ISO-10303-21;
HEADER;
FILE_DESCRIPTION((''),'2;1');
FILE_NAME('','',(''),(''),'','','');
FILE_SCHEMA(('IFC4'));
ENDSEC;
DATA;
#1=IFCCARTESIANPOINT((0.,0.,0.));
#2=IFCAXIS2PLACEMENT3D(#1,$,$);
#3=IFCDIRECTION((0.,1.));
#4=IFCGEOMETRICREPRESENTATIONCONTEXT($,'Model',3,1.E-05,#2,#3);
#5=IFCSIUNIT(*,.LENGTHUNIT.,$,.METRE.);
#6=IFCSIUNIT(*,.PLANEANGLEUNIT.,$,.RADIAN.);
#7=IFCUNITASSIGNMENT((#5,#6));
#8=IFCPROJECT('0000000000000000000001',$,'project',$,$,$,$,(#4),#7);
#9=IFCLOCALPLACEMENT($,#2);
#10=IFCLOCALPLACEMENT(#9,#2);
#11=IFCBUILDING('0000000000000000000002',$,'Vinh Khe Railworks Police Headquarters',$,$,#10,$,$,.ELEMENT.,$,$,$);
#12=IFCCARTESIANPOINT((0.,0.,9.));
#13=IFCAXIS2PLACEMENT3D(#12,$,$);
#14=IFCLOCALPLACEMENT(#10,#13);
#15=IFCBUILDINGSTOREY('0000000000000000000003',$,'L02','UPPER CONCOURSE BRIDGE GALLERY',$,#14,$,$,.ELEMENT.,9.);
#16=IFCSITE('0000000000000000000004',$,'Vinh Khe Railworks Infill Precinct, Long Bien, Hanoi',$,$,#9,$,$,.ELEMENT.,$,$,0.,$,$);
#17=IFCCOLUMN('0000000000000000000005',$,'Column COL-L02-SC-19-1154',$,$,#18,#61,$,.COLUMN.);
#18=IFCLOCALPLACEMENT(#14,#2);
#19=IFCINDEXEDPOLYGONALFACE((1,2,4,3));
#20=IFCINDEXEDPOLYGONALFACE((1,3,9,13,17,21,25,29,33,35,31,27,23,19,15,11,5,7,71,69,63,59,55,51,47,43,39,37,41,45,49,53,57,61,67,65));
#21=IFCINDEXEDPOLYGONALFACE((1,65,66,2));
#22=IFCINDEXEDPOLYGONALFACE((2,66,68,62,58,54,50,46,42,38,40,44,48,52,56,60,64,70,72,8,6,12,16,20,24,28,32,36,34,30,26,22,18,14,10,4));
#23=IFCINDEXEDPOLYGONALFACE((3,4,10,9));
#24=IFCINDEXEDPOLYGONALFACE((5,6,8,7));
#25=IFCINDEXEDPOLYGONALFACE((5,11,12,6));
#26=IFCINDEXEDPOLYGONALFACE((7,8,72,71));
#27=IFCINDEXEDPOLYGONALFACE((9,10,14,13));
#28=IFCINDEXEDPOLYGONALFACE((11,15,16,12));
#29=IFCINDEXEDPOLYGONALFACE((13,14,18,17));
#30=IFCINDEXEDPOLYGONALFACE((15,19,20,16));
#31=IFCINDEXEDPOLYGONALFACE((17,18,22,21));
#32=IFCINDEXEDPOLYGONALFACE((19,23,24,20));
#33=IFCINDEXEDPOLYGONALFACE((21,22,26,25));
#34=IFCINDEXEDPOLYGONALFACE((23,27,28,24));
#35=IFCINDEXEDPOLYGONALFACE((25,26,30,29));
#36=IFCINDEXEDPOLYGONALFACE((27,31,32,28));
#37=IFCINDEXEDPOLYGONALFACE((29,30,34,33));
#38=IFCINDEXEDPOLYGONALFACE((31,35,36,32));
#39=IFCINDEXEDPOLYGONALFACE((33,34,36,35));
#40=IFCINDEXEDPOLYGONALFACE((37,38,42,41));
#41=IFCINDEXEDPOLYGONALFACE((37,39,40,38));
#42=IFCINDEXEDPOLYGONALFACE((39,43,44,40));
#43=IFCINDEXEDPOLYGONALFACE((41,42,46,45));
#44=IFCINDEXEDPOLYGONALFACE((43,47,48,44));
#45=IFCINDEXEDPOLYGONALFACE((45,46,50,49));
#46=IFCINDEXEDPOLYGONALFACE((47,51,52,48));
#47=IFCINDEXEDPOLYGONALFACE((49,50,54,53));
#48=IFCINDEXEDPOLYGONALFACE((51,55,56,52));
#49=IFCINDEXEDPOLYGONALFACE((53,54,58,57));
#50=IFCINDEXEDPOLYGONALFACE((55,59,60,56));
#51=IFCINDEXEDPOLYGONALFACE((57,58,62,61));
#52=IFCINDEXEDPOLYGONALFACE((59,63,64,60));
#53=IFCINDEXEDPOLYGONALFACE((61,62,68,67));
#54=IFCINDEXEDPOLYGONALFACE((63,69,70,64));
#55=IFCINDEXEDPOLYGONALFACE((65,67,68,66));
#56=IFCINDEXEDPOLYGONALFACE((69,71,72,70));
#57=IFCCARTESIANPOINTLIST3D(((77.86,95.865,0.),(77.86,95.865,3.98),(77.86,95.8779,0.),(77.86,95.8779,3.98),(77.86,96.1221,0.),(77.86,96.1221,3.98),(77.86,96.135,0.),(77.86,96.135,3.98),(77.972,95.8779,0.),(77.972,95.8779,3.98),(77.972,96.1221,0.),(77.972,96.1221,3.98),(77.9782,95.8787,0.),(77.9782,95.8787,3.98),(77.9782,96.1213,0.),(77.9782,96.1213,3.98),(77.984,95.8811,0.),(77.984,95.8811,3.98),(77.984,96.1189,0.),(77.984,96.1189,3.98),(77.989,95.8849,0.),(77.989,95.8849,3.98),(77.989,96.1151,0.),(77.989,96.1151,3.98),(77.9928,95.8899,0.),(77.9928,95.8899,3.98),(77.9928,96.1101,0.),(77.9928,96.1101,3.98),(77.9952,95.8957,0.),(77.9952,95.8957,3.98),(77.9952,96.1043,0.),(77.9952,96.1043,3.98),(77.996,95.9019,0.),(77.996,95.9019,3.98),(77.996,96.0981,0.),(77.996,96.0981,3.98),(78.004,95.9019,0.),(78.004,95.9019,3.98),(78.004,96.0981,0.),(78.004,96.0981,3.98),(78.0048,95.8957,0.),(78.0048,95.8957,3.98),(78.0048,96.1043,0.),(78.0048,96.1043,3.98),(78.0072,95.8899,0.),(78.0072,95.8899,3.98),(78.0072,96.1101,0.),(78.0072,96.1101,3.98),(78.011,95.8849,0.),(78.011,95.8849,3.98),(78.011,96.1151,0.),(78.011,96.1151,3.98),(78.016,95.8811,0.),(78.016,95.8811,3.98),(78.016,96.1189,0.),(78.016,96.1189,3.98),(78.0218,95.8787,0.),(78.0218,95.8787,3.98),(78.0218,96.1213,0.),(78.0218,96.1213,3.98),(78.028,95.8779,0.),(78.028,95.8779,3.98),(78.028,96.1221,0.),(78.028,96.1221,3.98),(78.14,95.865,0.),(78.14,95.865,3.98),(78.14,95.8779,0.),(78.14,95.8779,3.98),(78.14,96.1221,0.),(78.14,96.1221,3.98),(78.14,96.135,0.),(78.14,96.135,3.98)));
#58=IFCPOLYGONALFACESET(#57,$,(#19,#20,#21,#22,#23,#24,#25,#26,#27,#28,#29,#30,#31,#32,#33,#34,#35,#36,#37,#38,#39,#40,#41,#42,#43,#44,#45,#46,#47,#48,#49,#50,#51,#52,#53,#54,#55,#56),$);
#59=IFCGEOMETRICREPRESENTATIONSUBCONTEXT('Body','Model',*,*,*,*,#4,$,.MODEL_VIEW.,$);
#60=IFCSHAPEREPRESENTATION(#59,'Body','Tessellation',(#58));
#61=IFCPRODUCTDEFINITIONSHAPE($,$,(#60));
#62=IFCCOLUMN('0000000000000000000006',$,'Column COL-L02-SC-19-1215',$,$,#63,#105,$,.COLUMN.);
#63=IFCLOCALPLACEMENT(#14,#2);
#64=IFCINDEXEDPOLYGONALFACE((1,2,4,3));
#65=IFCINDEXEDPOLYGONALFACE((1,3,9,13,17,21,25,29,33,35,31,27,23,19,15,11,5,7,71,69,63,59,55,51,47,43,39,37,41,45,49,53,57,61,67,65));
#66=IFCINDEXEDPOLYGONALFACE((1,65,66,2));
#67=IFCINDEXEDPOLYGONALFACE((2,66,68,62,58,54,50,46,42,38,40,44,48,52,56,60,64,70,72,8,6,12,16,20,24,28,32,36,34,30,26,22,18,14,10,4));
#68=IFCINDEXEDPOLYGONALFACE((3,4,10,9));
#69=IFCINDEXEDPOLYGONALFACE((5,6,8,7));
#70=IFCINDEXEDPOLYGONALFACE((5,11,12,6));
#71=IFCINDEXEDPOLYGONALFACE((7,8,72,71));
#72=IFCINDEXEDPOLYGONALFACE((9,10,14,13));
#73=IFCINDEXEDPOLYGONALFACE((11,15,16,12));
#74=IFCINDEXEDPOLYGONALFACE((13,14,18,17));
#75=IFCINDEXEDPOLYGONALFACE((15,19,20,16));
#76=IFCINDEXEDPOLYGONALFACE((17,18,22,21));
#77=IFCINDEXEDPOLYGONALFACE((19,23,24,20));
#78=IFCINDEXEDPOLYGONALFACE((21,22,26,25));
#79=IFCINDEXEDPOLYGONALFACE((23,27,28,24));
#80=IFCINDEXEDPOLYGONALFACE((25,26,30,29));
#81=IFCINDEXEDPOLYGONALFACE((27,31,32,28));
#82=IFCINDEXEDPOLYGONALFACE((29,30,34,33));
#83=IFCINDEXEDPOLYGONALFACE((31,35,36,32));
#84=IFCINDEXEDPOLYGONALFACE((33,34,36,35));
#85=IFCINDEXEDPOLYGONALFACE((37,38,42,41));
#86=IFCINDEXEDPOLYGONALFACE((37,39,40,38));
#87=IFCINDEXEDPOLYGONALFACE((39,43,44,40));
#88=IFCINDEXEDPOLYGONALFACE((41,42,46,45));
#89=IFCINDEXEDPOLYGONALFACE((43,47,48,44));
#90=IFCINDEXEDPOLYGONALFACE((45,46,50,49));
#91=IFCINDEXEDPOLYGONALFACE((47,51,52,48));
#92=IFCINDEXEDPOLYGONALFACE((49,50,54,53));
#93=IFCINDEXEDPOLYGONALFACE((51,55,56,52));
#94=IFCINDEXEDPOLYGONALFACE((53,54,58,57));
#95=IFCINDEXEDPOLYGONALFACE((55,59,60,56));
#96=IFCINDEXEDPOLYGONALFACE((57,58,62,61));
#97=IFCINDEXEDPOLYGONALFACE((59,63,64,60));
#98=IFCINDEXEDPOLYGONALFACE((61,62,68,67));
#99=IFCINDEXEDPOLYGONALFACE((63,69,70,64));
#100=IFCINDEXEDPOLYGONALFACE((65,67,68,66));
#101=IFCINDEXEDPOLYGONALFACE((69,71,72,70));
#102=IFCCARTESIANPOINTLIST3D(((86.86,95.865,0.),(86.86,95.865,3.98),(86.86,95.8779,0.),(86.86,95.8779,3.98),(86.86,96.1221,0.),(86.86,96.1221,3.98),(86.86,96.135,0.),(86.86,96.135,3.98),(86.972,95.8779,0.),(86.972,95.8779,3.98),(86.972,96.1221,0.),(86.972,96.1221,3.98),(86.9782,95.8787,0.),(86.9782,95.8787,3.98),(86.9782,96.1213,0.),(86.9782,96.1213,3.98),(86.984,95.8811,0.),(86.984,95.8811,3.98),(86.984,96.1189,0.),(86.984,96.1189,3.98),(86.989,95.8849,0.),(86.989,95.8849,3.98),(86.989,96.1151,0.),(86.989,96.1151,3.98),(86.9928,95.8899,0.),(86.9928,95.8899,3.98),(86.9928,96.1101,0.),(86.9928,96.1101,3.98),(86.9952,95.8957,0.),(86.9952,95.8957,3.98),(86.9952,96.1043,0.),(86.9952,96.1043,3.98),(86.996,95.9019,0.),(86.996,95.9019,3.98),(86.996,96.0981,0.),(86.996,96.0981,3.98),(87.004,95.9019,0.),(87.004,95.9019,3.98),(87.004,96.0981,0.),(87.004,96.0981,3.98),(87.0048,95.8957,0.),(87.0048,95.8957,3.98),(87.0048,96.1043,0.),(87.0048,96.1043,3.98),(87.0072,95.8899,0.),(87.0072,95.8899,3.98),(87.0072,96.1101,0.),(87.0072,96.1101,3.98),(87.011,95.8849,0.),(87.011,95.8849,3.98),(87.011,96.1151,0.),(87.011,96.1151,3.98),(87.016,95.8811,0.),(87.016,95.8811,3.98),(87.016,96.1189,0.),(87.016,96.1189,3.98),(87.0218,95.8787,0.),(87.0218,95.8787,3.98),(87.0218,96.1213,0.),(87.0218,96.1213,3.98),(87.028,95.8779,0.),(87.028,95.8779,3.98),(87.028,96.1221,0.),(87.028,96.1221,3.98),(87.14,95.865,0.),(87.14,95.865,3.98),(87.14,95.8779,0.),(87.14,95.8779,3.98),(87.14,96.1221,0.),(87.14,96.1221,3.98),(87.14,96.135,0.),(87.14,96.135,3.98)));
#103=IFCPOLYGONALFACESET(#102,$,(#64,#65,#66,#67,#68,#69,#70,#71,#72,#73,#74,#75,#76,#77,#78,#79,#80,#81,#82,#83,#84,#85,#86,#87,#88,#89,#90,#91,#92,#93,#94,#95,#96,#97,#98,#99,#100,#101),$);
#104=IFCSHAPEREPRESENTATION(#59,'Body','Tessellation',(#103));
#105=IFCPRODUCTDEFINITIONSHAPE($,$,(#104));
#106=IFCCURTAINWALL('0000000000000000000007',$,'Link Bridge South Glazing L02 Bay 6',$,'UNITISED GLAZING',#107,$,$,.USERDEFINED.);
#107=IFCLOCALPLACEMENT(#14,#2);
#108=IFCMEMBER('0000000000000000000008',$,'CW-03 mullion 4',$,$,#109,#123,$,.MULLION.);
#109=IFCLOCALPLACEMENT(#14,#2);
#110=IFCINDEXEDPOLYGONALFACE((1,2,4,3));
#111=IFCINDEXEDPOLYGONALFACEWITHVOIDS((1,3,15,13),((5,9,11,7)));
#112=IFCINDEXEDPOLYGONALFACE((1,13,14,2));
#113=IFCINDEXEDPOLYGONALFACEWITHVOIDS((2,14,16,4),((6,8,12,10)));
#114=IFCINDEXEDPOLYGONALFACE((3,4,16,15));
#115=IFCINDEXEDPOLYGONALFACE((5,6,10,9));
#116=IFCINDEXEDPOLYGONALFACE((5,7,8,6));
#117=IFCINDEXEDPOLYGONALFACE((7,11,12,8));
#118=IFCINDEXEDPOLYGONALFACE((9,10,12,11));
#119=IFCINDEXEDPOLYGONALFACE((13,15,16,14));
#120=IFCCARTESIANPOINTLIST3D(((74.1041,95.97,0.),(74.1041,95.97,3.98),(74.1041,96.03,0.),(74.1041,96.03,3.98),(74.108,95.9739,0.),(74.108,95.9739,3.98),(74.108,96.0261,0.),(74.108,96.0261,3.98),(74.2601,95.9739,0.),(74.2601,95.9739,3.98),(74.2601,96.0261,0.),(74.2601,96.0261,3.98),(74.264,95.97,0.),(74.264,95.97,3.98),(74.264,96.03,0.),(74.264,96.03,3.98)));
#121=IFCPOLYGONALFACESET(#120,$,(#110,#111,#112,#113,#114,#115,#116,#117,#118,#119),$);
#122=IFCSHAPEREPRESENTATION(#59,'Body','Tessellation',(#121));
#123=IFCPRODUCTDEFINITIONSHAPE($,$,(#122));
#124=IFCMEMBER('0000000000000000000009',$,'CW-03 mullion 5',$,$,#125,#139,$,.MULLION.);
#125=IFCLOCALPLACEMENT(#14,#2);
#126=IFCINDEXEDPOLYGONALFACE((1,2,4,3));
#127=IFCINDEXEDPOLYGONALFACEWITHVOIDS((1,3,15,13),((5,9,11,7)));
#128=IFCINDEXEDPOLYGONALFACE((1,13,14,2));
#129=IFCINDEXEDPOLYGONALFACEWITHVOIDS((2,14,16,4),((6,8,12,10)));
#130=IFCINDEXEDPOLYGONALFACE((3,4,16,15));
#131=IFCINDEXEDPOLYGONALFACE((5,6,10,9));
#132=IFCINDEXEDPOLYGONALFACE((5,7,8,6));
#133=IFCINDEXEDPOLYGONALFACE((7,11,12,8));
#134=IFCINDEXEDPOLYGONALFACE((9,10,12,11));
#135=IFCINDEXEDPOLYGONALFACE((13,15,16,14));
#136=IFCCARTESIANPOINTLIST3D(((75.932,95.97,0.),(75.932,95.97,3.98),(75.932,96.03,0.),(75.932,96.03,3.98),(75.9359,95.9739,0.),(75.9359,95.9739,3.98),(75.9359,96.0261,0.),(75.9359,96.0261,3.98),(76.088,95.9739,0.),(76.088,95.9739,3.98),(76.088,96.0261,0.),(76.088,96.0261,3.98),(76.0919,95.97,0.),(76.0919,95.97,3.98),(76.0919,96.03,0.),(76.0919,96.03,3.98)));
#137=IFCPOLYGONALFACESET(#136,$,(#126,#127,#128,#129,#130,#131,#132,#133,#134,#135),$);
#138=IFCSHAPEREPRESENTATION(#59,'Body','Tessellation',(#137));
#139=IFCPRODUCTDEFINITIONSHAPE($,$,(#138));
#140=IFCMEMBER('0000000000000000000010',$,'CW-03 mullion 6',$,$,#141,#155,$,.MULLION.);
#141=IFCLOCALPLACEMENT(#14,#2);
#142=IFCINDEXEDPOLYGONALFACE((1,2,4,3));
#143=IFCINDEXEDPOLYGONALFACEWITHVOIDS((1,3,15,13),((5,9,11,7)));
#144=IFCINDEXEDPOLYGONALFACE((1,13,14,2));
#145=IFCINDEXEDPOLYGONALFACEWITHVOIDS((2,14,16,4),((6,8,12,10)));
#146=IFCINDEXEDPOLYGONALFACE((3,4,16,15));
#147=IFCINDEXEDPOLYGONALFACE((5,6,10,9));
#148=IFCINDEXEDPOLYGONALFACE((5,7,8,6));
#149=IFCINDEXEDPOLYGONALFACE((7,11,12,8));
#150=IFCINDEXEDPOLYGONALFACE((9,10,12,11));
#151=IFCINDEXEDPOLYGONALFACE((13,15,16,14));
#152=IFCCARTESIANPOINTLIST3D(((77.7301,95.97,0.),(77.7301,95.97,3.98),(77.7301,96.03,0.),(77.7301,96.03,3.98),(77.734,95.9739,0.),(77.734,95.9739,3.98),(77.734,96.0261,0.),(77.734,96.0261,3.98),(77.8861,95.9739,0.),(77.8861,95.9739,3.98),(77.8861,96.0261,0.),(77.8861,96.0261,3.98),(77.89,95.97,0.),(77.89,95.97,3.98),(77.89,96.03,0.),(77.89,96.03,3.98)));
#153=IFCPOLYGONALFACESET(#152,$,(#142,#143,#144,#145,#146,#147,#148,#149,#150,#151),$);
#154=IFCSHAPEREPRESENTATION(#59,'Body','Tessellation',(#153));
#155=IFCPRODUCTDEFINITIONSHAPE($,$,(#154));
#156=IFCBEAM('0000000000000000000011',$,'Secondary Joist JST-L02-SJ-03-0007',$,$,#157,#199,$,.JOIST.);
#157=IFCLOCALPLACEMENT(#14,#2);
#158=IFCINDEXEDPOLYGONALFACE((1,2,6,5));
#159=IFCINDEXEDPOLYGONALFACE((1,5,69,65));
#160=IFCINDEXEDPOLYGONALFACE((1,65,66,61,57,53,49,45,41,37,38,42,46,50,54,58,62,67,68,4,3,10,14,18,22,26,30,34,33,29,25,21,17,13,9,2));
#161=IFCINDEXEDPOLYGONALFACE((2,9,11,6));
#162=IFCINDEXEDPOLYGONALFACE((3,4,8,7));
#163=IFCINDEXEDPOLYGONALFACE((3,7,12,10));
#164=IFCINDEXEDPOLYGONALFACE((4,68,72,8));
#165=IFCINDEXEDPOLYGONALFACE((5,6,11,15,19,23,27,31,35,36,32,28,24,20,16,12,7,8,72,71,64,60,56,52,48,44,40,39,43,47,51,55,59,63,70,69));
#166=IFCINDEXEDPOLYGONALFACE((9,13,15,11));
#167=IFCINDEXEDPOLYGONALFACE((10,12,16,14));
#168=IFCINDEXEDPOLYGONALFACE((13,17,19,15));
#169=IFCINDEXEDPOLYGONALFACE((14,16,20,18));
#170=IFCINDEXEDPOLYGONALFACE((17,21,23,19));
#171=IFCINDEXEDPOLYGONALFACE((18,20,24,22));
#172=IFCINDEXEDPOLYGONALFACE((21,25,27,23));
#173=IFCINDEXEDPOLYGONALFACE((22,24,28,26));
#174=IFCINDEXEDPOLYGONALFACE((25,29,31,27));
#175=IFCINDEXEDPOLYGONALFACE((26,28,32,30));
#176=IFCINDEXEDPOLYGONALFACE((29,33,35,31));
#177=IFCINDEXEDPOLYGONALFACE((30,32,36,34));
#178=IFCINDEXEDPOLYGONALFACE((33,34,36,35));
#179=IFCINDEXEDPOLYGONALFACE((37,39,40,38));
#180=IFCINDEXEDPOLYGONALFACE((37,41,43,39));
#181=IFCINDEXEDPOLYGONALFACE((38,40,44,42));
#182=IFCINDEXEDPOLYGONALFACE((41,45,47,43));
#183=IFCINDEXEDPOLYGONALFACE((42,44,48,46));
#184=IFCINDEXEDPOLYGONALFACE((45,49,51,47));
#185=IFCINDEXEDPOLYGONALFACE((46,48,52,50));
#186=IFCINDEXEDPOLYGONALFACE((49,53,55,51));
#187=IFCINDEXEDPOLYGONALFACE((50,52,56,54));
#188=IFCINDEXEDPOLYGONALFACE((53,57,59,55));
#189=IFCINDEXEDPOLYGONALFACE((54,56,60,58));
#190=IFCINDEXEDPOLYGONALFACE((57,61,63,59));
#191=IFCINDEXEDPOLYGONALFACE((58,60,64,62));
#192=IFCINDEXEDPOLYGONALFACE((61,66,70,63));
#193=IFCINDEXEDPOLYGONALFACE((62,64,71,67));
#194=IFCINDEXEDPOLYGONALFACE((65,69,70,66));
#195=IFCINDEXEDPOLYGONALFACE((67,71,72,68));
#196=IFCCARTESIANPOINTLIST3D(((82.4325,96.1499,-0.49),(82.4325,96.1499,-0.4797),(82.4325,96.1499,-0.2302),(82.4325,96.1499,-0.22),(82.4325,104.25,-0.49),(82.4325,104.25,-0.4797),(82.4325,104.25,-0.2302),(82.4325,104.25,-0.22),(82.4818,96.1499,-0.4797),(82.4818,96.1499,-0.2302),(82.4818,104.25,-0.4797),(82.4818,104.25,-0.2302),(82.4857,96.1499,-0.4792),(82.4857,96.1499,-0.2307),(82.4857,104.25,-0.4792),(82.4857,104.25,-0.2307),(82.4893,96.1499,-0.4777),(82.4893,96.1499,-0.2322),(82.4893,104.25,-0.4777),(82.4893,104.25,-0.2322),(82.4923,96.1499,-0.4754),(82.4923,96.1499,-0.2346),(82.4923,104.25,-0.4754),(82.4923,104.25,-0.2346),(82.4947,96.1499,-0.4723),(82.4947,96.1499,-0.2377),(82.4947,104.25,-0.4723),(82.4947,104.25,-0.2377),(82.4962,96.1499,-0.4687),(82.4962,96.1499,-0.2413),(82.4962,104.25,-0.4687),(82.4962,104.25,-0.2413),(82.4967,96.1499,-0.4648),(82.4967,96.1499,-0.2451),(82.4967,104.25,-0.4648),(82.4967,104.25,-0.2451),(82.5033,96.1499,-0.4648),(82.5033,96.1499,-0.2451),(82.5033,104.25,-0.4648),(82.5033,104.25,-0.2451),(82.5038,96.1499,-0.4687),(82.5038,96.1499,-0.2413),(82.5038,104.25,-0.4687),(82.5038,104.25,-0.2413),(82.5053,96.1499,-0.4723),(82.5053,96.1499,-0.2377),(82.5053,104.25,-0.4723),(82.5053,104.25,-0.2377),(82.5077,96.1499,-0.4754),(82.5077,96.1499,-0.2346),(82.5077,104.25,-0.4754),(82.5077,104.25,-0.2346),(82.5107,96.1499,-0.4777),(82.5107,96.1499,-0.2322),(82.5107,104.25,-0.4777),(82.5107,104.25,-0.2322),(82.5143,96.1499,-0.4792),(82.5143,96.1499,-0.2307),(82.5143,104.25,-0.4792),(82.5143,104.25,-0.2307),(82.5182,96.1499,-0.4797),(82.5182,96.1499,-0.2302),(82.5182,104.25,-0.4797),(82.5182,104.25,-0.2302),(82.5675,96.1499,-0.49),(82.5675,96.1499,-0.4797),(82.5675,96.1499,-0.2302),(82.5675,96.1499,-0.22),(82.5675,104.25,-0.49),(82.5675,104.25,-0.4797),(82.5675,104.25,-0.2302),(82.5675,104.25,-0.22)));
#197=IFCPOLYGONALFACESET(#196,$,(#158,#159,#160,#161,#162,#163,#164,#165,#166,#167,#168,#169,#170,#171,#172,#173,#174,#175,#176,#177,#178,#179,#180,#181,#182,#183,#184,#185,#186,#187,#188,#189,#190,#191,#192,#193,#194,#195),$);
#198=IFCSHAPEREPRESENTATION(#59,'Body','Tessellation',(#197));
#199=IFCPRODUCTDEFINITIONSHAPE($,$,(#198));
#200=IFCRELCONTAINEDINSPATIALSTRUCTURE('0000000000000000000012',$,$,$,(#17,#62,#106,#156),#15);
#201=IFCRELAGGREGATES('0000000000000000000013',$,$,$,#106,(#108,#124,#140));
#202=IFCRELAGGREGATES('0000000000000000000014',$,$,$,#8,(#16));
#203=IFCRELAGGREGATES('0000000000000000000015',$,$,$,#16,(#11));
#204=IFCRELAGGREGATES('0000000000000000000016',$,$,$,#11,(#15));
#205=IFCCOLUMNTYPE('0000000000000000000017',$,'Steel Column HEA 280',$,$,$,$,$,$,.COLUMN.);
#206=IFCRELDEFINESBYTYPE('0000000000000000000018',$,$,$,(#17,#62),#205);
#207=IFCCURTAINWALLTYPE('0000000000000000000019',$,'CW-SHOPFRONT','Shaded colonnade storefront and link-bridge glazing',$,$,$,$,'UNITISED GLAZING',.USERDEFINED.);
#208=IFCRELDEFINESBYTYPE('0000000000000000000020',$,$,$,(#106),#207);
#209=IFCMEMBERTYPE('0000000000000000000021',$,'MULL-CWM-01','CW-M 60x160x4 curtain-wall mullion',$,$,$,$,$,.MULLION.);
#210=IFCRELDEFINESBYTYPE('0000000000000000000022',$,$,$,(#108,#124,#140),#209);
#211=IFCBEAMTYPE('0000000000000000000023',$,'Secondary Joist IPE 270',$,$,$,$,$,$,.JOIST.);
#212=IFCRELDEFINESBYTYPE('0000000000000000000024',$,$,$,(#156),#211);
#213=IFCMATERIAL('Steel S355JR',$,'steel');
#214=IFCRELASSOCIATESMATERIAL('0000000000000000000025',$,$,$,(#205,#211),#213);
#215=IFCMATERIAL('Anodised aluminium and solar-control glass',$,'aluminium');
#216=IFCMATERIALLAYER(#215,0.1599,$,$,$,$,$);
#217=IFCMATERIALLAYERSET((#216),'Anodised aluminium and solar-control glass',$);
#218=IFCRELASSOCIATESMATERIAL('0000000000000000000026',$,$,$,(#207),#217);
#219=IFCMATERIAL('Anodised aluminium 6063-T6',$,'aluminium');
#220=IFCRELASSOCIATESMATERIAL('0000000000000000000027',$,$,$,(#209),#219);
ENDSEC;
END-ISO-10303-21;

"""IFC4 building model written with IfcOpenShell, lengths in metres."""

from ifc_helpers import new_model, si_unit, direction, frame, origin, origin_2d, place, context, subcontext, project, spatial, hollow_rectangle, i_section, extrude, material, layer, layer_set, material_profile, profile_set, type_object, element, aggregate, save


model = new_model("IFC4")

# Units and contexts
model_context = context("Model", 3, precision=1e-05, world=origin(), true_north=direction((0.0, 1.0)))
body_context = subcontext(model_context, "Body", "Model", "MODEL_VIEW")
ifc_project = project(units=[si_unit("LENGTHUNIT", "METRE"), si_unit("PLANEANGLEUNIT", "RADIAN")], contexts=[model_context])

# Site, building, storey
site_placement = place(None, origin())
site = spatial("IfcSite", under=ifc_project, at=site_placement, Name="Vinh Khe Railworks Infill Precinct, Long Bien, Hanoi", CompositionType="ELEMENT", RefElevation=0.0)
building_placement = place(site_placement, origin())
building = spatial("IfcBuilding", under=site, at=building_placement, Name="Vinh Khe Railworks Police Headquarters", CompositionType="ELEMENT")
storey_placement = place(building_placement, frame((0.0, 0.0, 9.0)))
storey = spatial("IfcBuildingStorey", under=building, at=storey_placement, Name="L02", Description="UPPER CONCOURSE BRIDGE GALLERY", CompositionType="ELEMENT", Elevation=9.0)

# Columns
ifc_material_1 = material(Name="Steel S355JR", Category="steel")
ifc_material_profile_1 = material_profile(ifc_material_1, i_section(OverallWidth=0.28, OverallDepth=0.27, WebThickness=0.0081, FlangeThickness=0.0129, FilletRadius=0.0239, at=origin_2d()), Name="HEA 280")
ifc_profile_set_1 = profile_set([ifc_material_profile_1], Name="Steel S355JR")
column_type = type_object("IfcColumnType", Name="Steel Column HEA 280", PredefinedType="COLUMN", material=ifc_profile_set_1)
for number, where, z_axis, x_axis, name in (
    (1, (78.0, 96.0, 0.0), (0.0, 0.0, 1.0), (1.0, 0.0, 0.0), "Column COL-L02-SC-19-1154"),
    (2, (87.0, 96.0, 0.0), (0.0, 0.0, 1.0), (1.0, 0.0, 0.0), "Column COL-L02-SC-19-1215"),
):
    element("IfcColumn", number, at=place(storey_placement, frame(where, z_axis=z_axis, x_axis=x_axis)), inside=storey, type_object=column_type, Name=name, PredefinedType="COLUMN", context=body_context, shape_type="SweptSolid", body=[
        extrude(i_section(OverallWidth=0.28, OverallDepth=0.27, WebThickness=0.0081, FlangeThickness=0.0129, FilletRadius=0.0239, at=origin_2d()), origin(), (0.0, 0.0, 1.0), 3.98),
    ])

# Curtain wall, members
ifc_material_2 = material(Name="Anodised aluminium and solar-control glass", Category="aluminium")
ifc_layer_1 = layer(ifc_material_2, 0.1599)
ifc_layer_set_1 = layer_set([ifc_layer_1], Name="Anodised aluminium and solar-control glass")
curtain_wall_type = type_object("IfcCurtainWallType", Name="CW-SHOPFRONT", Description="Shaded colonnade storefront and link-bridge glazing", ElementType="UNITISED GLAZING", PredefinedType="USERDEFINED", material=ifc_layer_set_1)
curtain_wall_placement = place(storey_placement, origin())
curtain_wall = element("IfcCurtainWall", 3, at=curtain_wall_placement, inside=storey, type_object=curtain_wall_type, Name="Link Bridge South Glazing L02 Bay 6", ObjectType="UNITISED GLAZING", PredefinedType="USERDEFINED")
ifc_material_3 = material(Name="Anodised aluminium 6063-T6", Category="aluminium")
ifc_material_profile_2 = material_profile(ifc_material_3, hollow_rectangle(XDim=0.0601, YDim=0.1599, WallThickness=0.0039, at=origin_2d()), Name="CW-M 60x160x4")
ifc_profile_set_2 = profile_set([ifc_material_profile_2], Name="Anodised aluminium 6063-T6")
member_type_1 = type_object("IfcMemberType", Name="MULL-CWM-01", Description="CW-M 60x160x4 curtain-wall mullion", PredefinedType="MULLION", material=ifc_profile_set_2)
member_1_placement = place(storey_placement, frame((74.1841, 96.0, 0.0), z_axis=(0.0, 0.0, 1.0), x_axis=(0.0, 1.0, 0.0)))
member_1 = element("IfcMember", 4, at=member_1_placement, type_object=member_type_1, Name="CW-03 mullion 4", PredefinedType="MULLION", context=body_context, shape_type="SweptSolid", body=[
    extrude(hollow_rectangle(XDim=0.0601, YDim=0.1599, WallThickness=0.0039, at=origin_2d()), origin(), (0.0, 0.0, 1.0), 3.98),
])
member_2_placement = place(storey_placement, frame((76.012, 96.0, 0.0), z_axis=(0.0, 0.0, 1.0), x_axis=(0.0, 1.0, 0.0)))
member_2 = element("IfcMember", 5, at=member_2_placement, type_object=member_type_1, Name="CW-03 mullion 5", PredefinedType="MULLION", context=body_context, shape_type="SweptSolid", body=[
    extrude(hollow_rectangle(XDim=0.0601, YDim=0.1599, WallThickness=0.0039, at=origin_2d()), origin(), (0.0, 0.0, 1.0), 3.98),
])
member_3_placement = place(storey_placement, frame((77.8101, 96.0, 0.0), z_axis=(0.0, 0.0, 1.0), x_axis=(0.0, 1.0, 0.0)))
member_3 = element("IfcMember", 6, at=member_3_placement, type_object=member_type_1, Name="CW-03 mullion 6", PredefinedType="MULLION", context=body_context, shape_type="SweptSolid", body=[
    extrude(hollow_rectangle(XDim=0.0601, YDim=0.1599, WallThickness=0.0039, at=origin_2d()), origin(), (0.0, 0.0, 1.0), 3.98),
])

# Beam
ifc_material_profile_3 = material_profile(ifc_material_1, i_section(OverallWidth=0.135, OverallDepth=0.27, WebThickness=0.0066, FlangeThickness=0.0103, FilletRadius=0.0149, at=origin_2d()), Name="IPE 270")
ifc_profile_set_3 = profile_set([ifc_material_profile_3], Name="Steel S355JR")
beam_type_1 = type_object("IfcBeamType", Name="Secondary Joist IPE 270", PredefinedType="JOIST", material=ifc_profile_set_3)
beam_1_placement = place(storey_placement, frame((82.5, 96.1499, -0.355), z_axis=(0.0, 1.0, 0.0), x_axis=(-1.0, 0.0, 0.0)))
element("IfcBeam", 7, at=beam_1_placement, inside=storey, type_object=beam_type_1, Name="Secondary Joist JST-L02-SJ-03-0007", PredefinedType="JOIST", context=body_context, shape_type="SweptSolid", body=[
    extrude(i_section(OverallWidth=0.135, OverallDepth=0.27, WebThickness=0.0066, FlangeThickness=0.0103, FilletRadius=0.0149, at=origin_2d()), origin(), (0.0, 0.0, 1.0), 8.1001),
])

aggregate(curtain_wall, [member_1, member_2, member_3])

save(model, "model.ifc")
